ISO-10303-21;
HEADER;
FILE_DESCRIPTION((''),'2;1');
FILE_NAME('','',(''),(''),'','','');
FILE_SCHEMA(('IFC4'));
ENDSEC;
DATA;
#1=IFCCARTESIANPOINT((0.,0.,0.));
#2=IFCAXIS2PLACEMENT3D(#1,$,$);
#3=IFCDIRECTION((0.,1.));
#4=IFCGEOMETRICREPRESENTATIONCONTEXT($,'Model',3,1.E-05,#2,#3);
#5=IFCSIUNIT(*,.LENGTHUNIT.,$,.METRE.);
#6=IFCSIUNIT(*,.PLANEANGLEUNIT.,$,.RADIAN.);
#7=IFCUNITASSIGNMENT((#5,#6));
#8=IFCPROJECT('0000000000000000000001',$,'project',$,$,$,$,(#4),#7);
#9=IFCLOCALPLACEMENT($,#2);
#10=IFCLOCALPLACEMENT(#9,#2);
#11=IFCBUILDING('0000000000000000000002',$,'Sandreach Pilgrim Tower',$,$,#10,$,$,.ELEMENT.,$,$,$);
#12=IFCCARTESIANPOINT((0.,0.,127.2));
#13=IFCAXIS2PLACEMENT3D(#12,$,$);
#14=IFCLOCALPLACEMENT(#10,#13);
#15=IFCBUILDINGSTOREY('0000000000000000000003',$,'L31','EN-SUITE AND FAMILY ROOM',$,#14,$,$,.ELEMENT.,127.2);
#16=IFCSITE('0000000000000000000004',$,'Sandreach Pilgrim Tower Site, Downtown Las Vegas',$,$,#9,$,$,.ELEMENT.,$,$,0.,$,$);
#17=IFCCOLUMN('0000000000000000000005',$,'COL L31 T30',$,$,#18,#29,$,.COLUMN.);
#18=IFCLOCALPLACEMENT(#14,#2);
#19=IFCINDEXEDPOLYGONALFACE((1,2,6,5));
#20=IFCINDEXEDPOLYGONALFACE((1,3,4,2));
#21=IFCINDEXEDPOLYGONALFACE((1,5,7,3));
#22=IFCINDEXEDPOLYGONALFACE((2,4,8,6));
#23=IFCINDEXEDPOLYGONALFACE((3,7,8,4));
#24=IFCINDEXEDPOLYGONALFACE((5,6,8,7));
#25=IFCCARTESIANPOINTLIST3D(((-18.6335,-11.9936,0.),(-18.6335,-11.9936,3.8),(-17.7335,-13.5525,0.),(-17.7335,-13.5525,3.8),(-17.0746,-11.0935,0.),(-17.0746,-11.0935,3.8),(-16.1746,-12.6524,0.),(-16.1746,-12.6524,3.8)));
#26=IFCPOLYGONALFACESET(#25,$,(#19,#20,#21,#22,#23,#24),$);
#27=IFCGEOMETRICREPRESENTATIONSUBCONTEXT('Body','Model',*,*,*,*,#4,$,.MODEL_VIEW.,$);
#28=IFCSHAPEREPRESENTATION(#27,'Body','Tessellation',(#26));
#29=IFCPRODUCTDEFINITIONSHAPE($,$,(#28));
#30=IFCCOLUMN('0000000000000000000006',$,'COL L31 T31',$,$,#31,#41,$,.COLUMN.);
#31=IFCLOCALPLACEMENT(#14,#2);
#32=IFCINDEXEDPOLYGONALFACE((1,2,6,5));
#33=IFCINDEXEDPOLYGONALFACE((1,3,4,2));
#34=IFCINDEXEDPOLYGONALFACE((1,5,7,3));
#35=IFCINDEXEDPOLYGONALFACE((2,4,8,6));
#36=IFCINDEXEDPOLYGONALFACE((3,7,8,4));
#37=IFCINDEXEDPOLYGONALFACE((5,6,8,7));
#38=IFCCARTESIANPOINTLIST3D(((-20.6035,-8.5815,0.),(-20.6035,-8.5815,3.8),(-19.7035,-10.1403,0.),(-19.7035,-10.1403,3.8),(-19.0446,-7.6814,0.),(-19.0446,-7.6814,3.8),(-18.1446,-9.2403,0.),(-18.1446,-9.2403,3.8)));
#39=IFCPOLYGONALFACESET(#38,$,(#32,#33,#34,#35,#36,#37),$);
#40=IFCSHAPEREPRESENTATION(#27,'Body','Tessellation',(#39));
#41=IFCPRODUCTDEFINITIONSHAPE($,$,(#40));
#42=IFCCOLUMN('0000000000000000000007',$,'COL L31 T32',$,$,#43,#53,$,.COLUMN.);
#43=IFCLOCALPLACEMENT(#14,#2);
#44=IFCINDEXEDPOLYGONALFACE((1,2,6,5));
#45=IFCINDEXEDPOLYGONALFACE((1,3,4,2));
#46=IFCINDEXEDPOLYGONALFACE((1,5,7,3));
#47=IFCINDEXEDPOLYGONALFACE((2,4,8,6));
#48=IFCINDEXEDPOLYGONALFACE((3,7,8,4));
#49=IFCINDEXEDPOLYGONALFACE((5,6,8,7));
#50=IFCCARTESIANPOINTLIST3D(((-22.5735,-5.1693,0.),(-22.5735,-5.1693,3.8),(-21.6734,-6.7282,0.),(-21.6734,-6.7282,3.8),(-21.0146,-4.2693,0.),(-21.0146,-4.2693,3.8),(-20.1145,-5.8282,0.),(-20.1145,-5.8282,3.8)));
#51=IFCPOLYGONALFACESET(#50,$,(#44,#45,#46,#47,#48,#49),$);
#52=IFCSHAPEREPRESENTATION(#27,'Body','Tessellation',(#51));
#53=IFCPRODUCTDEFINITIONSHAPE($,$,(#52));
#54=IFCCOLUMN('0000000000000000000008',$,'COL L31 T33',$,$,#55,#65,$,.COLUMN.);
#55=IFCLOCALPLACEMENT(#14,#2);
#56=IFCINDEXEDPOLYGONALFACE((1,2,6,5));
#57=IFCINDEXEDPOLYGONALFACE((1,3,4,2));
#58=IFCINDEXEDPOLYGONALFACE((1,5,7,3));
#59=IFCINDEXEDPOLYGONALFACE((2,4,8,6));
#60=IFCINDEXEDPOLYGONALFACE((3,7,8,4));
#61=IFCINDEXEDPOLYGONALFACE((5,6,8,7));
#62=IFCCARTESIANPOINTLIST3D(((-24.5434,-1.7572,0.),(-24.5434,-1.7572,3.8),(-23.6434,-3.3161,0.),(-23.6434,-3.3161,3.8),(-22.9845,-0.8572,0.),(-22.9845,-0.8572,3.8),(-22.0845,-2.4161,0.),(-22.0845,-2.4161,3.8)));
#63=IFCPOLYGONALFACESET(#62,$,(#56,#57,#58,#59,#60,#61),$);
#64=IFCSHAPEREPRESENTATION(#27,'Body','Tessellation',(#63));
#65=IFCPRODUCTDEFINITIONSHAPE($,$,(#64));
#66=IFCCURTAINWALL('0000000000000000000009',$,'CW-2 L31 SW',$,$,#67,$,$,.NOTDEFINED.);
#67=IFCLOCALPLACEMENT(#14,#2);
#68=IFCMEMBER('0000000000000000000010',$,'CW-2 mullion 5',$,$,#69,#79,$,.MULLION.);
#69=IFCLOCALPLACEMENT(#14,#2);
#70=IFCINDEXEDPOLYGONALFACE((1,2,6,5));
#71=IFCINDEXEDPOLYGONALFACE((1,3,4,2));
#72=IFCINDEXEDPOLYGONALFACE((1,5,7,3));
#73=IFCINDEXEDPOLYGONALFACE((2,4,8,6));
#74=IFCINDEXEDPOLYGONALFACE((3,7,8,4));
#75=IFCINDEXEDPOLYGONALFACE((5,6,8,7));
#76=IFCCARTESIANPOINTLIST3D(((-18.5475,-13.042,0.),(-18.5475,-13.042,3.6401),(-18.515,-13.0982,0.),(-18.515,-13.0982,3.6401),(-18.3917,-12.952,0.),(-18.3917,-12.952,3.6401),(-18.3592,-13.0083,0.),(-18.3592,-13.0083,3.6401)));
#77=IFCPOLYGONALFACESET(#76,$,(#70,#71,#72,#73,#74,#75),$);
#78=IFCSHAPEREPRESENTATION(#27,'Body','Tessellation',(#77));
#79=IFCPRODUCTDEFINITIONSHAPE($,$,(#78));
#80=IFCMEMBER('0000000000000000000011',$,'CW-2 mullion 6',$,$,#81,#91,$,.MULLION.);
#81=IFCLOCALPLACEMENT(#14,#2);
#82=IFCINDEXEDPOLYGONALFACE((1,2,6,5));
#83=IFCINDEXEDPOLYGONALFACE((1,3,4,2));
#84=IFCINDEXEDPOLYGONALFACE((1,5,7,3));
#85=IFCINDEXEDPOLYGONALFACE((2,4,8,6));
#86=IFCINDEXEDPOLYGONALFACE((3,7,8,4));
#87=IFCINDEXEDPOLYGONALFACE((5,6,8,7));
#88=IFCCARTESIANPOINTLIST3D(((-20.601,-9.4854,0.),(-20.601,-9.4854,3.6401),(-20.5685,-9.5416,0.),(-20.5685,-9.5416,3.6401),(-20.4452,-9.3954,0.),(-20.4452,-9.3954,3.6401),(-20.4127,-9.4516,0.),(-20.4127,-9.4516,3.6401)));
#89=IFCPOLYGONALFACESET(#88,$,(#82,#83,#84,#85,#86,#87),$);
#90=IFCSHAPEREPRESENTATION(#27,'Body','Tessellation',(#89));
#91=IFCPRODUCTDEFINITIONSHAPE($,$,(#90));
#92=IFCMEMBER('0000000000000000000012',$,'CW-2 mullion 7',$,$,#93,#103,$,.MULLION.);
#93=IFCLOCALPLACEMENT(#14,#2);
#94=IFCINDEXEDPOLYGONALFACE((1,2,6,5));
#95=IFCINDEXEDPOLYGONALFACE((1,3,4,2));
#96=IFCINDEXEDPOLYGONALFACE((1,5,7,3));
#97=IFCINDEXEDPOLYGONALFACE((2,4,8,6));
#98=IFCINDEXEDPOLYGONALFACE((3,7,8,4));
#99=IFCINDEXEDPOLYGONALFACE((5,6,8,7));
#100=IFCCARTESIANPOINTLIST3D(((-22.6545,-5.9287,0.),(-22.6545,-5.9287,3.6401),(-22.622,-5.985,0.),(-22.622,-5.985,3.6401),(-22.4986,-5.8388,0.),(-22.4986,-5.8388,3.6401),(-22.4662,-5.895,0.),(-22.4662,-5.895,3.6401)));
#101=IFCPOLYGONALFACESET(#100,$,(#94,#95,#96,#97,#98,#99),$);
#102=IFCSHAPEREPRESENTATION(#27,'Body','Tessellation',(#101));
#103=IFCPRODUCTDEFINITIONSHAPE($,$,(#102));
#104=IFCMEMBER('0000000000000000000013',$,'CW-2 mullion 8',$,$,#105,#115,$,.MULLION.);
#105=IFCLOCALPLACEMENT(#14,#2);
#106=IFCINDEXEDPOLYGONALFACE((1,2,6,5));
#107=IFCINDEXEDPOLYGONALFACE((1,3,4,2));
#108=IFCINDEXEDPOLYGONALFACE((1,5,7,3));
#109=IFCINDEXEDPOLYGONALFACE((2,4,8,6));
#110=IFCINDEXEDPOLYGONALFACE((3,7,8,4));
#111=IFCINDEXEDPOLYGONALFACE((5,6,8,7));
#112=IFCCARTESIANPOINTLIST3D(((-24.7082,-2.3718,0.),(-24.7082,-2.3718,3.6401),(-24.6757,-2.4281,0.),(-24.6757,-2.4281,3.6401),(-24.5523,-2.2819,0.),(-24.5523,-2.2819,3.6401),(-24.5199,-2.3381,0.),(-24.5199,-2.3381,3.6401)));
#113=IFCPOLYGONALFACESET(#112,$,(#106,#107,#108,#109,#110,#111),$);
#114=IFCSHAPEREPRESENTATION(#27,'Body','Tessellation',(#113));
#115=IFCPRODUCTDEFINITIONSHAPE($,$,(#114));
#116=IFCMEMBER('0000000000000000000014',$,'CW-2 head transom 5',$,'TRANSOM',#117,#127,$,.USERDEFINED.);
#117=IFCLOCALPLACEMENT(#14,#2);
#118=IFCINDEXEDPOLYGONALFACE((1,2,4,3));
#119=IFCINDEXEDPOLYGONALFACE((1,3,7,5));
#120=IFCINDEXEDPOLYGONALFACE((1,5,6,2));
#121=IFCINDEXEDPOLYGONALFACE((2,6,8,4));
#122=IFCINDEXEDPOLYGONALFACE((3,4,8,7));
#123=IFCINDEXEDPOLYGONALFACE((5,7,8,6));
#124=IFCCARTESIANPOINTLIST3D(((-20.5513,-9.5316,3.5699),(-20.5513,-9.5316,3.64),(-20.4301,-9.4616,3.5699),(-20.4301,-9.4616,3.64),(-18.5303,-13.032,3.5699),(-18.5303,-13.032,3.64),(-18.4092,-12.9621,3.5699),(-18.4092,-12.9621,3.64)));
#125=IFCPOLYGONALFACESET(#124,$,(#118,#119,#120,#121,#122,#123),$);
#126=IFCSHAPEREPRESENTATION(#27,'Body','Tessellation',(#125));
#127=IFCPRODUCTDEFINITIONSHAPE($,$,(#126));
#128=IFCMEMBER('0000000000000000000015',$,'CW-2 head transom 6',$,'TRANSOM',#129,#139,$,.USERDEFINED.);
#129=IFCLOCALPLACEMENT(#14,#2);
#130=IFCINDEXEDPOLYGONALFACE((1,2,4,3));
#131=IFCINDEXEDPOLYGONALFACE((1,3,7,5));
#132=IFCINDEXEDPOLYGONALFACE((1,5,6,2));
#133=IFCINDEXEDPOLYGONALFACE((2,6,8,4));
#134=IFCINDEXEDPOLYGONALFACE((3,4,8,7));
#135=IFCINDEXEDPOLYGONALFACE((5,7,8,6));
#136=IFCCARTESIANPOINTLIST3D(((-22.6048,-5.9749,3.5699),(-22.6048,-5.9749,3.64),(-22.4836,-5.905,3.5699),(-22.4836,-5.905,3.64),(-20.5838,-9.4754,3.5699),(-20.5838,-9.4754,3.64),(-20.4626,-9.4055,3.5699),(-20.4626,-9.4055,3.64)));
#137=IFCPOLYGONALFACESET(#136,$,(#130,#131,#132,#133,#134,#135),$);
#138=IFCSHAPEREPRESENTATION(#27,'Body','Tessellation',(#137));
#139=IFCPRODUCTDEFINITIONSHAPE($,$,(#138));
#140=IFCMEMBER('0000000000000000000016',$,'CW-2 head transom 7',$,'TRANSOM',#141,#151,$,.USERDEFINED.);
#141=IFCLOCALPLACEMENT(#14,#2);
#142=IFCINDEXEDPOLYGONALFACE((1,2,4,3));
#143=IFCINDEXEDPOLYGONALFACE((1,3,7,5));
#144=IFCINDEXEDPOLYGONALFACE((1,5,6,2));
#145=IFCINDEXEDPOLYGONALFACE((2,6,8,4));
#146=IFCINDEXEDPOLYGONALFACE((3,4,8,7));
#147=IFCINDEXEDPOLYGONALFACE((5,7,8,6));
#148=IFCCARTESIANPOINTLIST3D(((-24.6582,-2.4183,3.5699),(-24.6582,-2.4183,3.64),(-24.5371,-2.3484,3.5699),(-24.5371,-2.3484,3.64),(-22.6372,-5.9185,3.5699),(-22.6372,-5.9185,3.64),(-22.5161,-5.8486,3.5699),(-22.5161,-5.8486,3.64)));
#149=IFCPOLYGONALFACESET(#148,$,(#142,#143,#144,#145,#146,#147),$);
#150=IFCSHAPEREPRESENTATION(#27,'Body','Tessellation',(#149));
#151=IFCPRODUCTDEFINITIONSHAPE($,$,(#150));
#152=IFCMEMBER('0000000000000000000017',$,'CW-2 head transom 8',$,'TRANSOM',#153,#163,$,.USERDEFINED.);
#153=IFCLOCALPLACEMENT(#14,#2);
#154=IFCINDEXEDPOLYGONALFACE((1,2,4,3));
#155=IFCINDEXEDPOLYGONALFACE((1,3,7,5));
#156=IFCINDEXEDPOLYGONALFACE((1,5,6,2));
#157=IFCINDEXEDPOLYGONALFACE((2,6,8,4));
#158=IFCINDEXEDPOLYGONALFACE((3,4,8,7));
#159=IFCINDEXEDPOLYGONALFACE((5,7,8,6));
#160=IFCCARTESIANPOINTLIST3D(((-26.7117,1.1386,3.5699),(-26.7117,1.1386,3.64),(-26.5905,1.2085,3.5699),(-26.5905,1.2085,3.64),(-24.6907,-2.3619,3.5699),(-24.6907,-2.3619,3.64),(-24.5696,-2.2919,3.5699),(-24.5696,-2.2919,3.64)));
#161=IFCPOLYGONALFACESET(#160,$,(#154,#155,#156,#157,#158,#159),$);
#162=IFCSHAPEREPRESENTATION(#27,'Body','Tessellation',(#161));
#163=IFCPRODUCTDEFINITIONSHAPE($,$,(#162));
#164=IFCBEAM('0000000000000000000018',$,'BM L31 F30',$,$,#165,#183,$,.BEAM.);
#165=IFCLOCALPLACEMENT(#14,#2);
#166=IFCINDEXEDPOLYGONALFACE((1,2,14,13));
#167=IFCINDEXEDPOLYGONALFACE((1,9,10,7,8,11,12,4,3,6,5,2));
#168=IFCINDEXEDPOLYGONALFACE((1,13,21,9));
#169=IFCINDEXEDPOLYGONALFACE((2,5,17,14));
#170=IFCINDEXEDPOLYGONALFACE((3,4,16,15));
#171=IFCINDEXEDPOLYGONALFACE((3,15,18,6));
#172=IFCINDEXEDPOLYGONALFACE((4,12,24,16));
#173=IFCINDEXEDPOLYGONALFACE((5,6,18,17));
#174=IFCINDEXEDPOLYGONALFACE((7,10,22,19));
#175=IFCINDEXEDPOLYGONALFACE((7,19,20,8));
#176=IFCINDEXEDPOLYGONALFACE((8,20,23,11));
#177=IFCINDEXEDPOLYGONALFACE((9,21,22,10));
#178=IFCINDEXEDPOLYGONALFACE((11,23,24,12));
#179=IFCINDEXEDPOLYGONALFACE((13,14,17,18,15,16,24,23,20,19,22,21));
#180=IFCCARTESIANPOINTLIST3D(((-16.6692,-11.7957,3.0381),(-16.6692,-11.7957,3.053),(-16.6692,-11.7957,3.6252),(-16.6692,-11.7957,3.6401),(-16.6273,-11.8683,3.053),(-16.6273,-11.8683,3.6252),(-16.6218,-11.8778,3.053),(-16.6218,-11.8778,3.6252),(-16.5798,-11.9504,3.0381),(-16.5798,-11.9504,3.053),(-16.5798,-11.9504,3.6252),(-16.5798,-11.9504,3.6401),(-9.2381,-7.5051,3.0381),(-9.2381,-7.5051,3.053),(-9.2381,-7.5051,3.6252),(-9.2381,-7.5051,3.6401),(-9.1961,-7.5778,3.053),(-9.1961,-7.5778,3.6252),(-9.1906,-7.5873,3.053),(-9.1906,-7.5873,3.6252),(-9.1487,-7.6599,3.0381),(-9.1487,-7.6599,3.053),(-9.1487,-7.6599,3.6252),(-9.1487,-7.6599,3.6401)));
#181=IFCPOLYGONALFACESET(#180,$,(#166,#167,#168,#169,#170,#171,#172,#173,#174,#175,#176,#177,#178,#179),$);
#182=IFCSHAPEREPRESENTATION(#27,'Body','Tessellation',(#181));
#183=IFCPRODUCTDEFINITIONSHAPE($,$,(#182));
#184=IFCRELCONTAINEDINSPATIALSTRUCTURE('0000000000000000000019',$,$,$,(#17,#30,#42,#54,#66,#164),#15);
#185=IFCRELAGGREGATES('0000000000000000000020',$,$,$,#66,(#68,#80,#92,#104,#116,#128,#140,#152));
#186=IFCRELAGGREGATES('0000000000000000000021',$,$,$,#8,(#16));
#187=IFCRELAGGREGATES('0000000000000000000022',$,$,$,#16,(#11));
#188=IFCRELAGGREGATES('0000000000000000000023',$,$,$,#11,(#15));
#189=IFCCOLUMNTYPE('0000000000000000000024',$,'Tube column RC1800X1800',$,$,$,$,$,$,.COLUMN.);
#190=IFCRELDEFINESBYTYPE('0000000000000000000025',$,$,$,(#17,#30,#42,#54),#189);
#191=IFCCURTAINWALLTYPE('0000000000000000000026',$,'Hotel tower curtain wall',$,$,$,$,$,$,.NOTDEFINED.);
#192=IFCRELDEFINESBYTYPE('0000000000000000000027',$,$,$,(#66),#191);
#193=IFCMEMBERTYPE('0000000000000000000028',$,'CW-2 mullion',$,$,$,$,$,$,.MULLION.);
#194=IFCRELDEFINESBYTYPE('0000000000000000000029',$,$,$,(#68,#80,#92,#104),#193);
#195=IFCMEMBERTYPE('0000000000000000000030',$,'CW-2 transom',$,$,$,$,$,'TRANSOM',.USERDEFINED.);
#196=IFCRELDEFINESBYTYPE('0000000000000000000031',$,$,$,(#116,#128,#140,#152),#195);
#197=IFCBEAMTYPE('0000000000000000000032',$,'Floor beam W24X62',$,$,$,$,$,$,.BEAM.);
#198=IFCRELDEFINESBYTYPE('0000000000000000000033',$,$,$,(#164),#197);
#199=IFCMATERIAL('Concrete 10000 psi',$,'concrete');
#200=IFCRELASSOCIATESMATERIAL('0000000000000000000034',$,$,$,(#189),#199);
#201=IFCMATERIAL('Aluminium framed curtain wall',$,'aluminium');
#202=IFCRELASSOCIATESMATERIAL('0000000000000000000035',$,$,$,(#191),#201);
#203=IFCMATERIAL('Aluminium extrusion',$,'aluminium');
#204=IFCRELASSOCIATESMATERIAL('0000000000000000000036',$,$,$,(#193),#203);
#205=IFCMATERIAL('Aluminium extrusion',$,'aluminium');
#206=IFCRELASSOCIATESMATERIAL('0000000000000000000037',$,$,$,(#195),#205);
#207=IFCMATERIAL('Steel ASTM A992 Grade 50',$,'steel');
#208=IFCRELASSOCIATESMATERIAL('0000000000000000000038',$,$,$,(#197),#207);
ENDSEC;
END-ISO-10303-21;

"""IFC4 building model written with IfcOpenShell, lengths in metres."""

from ifc_helpers import new_model, si_unit, direction, frame, origin, origin_2d, place, context, subcontext, project, spatial, rectangle, i_section, extrude, material, material_profile, profile_set, type_object, element, aggregate, save


model = new_model("IFC4")

# Units and contexts
model_context = context("Model", 3, precision=1e-05, world=origin(), true_north=direction((0.0, 1.0)))
body_context = subcontext(model_context, "Body", "Model", "MODEL_VIEW")
ifc_project = project(units=[si_unit("LENGTHUNIT", "METRE"), si_unit("PLANEANGLEUNIT", "RADIAN")], contexts=[model_context])

# Site, building, storey
site_placement = place(None, origin())
site = spatial("IfcSite", under=ifc_project, at=site_placement, Name="Sandreach Pilgrim Tower Site, Downtown Las Vegas", CompositionType="ELEMENT", RefElevation=0.0)
building_placement = place(site_placement, origin())
building = spatial("IfcBuilding", under=site, at=building_placement, Name="Sandreach Pilgrim Tower", CompositionType="ELEMENT")
storey_placement = place(building_placement, frame((0.0, 0.0, 127.2)))
storey = spatial("IfcBuildingStorey", under=building, at=storey_placement, Name="L31", Description="EN-SUITE AND FAMILY ROOM", CompositionType="ELEMENT", Elevation=127.2)

# Columns
ifc_material_1 = material(Name="Concrete 10000 psi", Category="concrete")
ifc_material_profile_1 = material_profile(ifc_material_1, rectangle(XDim=1.8, YDim=1.8, at=origin_2d()), Name="RC1800X1800")
ifc_profile_set_1 = profile_set([ifc_material_profile_1], Name="Concrete 10000 psi")
column_type = type_object("IfcColumnType", Name="Tube column RC1800X1800", PredefinedType="COLUMN", material=ifc_profile_set_1)
for number, where, z_axis, x_axis, name in (
    (1, (-17.4041, -12.323, 0.0), (0.0, 0.0, 1.0), (-0.866025, -0.5, 0.0), "COL L31 T30"),
    (2, (-19.374, -8.9109, 0.0), (0.0, 0.0, 1.0), (-0.866025, -0.5, 0.0), "COL L31 T31"),
    (3, (-21.344, -5.4988, 0.0), (0.0, 0.0, 1.0), (-0.866025, -0.5, 0.0), "COL L31 T32"),
    (4, (-23.314, -2.0867, 0.0), (0.0, 0.0, 1.0), (-0.866025, -0.5, 0.0), "COL L31 T33"),
):
    element("IfcColumn", number, at=place(storey_placement, frame(where, z_axis=z_axis, x_axis=x_axis)), inside=storey, type_object=column_type, Name=name, PredefinedType="COLUMN", context=body_context, shape_type="SweptSolid", body=[
        extrude(rectangle(XDim=1.8, YDim=1.8, at=origin_2d()), origin(), (0.0, 0.0, 1.0), 3.8),
    ])

# Curtain wall, members
ifc_material_2 = material(Name="Aluminium framed curtain wall", Category="aluminium")
curtain_wall_type = type_object("IfcCurtainWallType", Name="Hotel tower curtain wall", PredefinedType="NOTDEFINED", material=ifc_material_2)
curtain_wall_placement = place(storey_placement, origin())
curtain_wall = element("IfcCurtainWall", 5, at=curtain_wall_placement, inside=storey, type_object=curtain_wall_type, Name="CW-2 L31 SW", PredefinedType="NOTDEFINED")
ifc_material_3 = material(Name="Aluminium extrusion", Category="aluminium")
ifc_material_profile_2 = material_profile(ifc_material_3, rectangle(XDim=0.0649, YDim=0.1799, at=origin_2d()), Name="CW-2M 65X180")
ifc_profile_set_2 = profile_set([ifc_material_profile_2], Name="Aluminium extrusion")
member_type_1 = type_object("IfcMemberType", Name="CW-2 mullion", PredefinedType="MULLION", material=ifc_profile_set_2)
member_1_placement = place(storey_placement, frame((-18.4534, -13.0251, 0.0), z_axis=(0.0, 0.0, 1.0), x_axis=(-0.5, 0.866025, 0.0)))
member_1 = element("IfcMember", 6, at=member_1_placement, type_object=member_type_1, Name="CW-2 mullion 5", PredefinedType="MULLION", context=body_context, shape_type="SweptSolid", body=[
    extrude(rectangle(XDim=0.0649, YDim=0.1799, at=origin_2d()), origin(), (0.0, 0.0, 1.0), 3.6401),
])
member_2_placement = place(storey_placement, frame((-20.5068, -9.4685, 0.0), z_axis=(0.0, 0.0, 1.0), x_axis=(-0.5, 0.866025, 0.0)))
member_2 = element("IfcMember", 7, at=member_2_placement, type_object=member_type_1, Name="CW-2 mullion 6", PredefinedType="MULLION", context=body_context, shape_type="SweptSolid", body=[
    extrude(rectangle(XDim=0.0649, YDim=0.1799, at=origin_2d()), origin(), (0.0, 0.0, 1.0), 3.6401),
])
member_3_placement = place(storey_placement, frame((-22.5603, -5.9119, 0.0), z_axis=(0.0, 0.0, 1.0), x_axis=(-0.5, 0.866025, 0.0)))
member_3 = element("IfcMember", 8, at=member_3_placement, type_object=member_type_1, Name="CW-2 mullion 7", PredefinedType="MULLION", context=body_context, shape_type="SweptSolid", body=[
    extrude(rectangle(XDim=0.0649, YDim=0.1799, at=origin_2d()), origin(), (0.0, 0.0, 1.0), 3.6401),
])
member_4_placement = place(storey_placement, frame((-24.614, -2.355, 0.0), z_axis=(0.0, 0.0, 1.0), x_axis=(-0.5, 0.866025, 0.0)))
member_4 = element("IfcMember", 9, at=member_4_placement, type_object=member_type_1, Name="CW-2 mullion 8", PredefinedType="MULLION", context=body_context, shape_type="SweptSolid", body=[
    extrude(rectangle(XDim=0.0649, YDim=0.1799, at=origin_2d()), origin(), (0.0, 0.0, 1.0), 3.6401),
])
ifc_material_4 = material(Name="Aluminium extrusion", Category="aluminium")
ifc_material_profile_3 = material_profile(ifc_material_4, rectangle(XDim=0.1399, YDim=0.0701, at=origin_2d()), Name="CW-2T 140X70")
ifc_profile_set_3 = profile_set([ifc_material_profile_3], Name="Aluminium extrusion")
member_type_2 = type_object("IfcMemberType", Name="CW-2 transom", ElementType="TRANSOM", PredefinedType="USERDEFINED", material=ifc_profile_set_3)
member_5_placement = place(storey_placement, frame((-18.4697, -12.9971, 3.605), z_axis=(-0.499998, 0.866027, 0.0), x_axis=(-0.866027, -0.499998, 0.0)))
member_5 = element("IfcMember", 10, at=member_5_placement, type_object=member_type_2, Name="CW-2 head transom 5", ObjectType="TRANSOM", PredefinedType="USERDEFINED", context=body_context, shape_type="SweptSolid", body=[
    extrude(rectangle(XDim=0.1399, YDim=0.0701, at=origin_2d()), origin(), (0.0, 0.0, 1.0), 4.042),
])
member_6_placement = place(storey_placement, frame((-20.5232, -9.4404, 3.605), z_axis=(-0.499998, 0.866027, 0.0), x_axis=(-0.866027, -0.499998, 0.0)))
member_6 = element("IfcMember", 11, at=member_6_placement, type_object=member_type_2, Name="CW-2 head transom 6", ObjectType="TRANSOM", PredefinedType="USERDEFINED", context=body_context, shape_type="SweptSolid", body=[
    extrude(rectangle(XDim=0.1399, YDim=0.0701, at=origin_2d()), origin(), (0.0, 0.0, 1.0), 4.042),
])
member_7_placement = place(storey_placement, frame((-22.5767, -5.8835, 3.605), z_axis=(-0.500024, 0.866012, 0.0), x_axis=(-0.866012, -0.500024, 0.0)))
member_7 = element("IfcMember", 12, at=member_7_placement, type_object=member_type_2, Name="CW-2 head transom 7", ObjectType="TRANSOM", PredefinedType="USERDEFINED", context=body_context, shape_type="SweptSolid", body=[
    extrude(rectangle(XDim=0.1399, YDim=0.0701, at=origin_2d()), origin(), (0.0, 0.0, 1.0), 4.0417),
])
member_8_placement = place(storey_placement, frame((-24.6301, -2.3269, 3.605), z_axis=(-0.499998, 0.866027, 0.0), x_axis=(-0.866027, -0.499998, 0.0)))
member_8 = element("IfcMember", 13, at=member_8_placement, type_object=member_type_2, Name="CW-2 head transom 8", ObjectType="TRANSOM", PredefinedType="USERDEFINED", context=body_context, shape_type="SweptSolid", body=[
    extrude(rectangle(XDim=0.1399, YDim=0.0701, at=origin_2d()), origin(), (0.0, 0.0, 1.0), 4.042),
])

# Beam
ifc_material_5 = material(Name="Steel ASTM A992 Grade 50", Category="steel")
ifc_material_profile_4 = material_profile(ifc_material_5, i_section(OverallWidth=0.1787, OverallDepth=0.6021, WebThickness=0.011, FlangeThickness=0.0149, at=origin_2d()), Name="W24X62")
ifc_profile_set_4 = profile_set([ifc_material_profile_4], Name="Steel ASTM A992 Grade 50")
beam_type_1 = type_object("IfcBeamType", Name="Floor beam W24X62", PredefinedType="BEAM", material=ifc_profile_set_4)
beam_1_placement = place(storey_placement, frame((-16.6245, -11.873, 3.3391), z_axis=(0.866018, 0.500013, 0.0), x_axis=(-0.500013, 0.866018, 0.0)))
element("IfcBeam", 14, at=beam_1_placement, inside=storey, type_object=beam_type_1, Name="BM L31 F30", PredefinedType="BEAM", context=body_context, shape_type="SweptSolid", body=[
    extrude(i_section(OverallWidth=0.1787, OverallDepth=0.6021, WebThickness=0.011, FlangeThickness=0.0149, at=origin_2d()), origin(), (0.0, 0.0, 1.0), 8.5808),
])

aggregate(curtain_wall, [member_1, member_2, member_3, member_4, member_5, member_6, member_7, member_8])

save(model, "model.ifc")
